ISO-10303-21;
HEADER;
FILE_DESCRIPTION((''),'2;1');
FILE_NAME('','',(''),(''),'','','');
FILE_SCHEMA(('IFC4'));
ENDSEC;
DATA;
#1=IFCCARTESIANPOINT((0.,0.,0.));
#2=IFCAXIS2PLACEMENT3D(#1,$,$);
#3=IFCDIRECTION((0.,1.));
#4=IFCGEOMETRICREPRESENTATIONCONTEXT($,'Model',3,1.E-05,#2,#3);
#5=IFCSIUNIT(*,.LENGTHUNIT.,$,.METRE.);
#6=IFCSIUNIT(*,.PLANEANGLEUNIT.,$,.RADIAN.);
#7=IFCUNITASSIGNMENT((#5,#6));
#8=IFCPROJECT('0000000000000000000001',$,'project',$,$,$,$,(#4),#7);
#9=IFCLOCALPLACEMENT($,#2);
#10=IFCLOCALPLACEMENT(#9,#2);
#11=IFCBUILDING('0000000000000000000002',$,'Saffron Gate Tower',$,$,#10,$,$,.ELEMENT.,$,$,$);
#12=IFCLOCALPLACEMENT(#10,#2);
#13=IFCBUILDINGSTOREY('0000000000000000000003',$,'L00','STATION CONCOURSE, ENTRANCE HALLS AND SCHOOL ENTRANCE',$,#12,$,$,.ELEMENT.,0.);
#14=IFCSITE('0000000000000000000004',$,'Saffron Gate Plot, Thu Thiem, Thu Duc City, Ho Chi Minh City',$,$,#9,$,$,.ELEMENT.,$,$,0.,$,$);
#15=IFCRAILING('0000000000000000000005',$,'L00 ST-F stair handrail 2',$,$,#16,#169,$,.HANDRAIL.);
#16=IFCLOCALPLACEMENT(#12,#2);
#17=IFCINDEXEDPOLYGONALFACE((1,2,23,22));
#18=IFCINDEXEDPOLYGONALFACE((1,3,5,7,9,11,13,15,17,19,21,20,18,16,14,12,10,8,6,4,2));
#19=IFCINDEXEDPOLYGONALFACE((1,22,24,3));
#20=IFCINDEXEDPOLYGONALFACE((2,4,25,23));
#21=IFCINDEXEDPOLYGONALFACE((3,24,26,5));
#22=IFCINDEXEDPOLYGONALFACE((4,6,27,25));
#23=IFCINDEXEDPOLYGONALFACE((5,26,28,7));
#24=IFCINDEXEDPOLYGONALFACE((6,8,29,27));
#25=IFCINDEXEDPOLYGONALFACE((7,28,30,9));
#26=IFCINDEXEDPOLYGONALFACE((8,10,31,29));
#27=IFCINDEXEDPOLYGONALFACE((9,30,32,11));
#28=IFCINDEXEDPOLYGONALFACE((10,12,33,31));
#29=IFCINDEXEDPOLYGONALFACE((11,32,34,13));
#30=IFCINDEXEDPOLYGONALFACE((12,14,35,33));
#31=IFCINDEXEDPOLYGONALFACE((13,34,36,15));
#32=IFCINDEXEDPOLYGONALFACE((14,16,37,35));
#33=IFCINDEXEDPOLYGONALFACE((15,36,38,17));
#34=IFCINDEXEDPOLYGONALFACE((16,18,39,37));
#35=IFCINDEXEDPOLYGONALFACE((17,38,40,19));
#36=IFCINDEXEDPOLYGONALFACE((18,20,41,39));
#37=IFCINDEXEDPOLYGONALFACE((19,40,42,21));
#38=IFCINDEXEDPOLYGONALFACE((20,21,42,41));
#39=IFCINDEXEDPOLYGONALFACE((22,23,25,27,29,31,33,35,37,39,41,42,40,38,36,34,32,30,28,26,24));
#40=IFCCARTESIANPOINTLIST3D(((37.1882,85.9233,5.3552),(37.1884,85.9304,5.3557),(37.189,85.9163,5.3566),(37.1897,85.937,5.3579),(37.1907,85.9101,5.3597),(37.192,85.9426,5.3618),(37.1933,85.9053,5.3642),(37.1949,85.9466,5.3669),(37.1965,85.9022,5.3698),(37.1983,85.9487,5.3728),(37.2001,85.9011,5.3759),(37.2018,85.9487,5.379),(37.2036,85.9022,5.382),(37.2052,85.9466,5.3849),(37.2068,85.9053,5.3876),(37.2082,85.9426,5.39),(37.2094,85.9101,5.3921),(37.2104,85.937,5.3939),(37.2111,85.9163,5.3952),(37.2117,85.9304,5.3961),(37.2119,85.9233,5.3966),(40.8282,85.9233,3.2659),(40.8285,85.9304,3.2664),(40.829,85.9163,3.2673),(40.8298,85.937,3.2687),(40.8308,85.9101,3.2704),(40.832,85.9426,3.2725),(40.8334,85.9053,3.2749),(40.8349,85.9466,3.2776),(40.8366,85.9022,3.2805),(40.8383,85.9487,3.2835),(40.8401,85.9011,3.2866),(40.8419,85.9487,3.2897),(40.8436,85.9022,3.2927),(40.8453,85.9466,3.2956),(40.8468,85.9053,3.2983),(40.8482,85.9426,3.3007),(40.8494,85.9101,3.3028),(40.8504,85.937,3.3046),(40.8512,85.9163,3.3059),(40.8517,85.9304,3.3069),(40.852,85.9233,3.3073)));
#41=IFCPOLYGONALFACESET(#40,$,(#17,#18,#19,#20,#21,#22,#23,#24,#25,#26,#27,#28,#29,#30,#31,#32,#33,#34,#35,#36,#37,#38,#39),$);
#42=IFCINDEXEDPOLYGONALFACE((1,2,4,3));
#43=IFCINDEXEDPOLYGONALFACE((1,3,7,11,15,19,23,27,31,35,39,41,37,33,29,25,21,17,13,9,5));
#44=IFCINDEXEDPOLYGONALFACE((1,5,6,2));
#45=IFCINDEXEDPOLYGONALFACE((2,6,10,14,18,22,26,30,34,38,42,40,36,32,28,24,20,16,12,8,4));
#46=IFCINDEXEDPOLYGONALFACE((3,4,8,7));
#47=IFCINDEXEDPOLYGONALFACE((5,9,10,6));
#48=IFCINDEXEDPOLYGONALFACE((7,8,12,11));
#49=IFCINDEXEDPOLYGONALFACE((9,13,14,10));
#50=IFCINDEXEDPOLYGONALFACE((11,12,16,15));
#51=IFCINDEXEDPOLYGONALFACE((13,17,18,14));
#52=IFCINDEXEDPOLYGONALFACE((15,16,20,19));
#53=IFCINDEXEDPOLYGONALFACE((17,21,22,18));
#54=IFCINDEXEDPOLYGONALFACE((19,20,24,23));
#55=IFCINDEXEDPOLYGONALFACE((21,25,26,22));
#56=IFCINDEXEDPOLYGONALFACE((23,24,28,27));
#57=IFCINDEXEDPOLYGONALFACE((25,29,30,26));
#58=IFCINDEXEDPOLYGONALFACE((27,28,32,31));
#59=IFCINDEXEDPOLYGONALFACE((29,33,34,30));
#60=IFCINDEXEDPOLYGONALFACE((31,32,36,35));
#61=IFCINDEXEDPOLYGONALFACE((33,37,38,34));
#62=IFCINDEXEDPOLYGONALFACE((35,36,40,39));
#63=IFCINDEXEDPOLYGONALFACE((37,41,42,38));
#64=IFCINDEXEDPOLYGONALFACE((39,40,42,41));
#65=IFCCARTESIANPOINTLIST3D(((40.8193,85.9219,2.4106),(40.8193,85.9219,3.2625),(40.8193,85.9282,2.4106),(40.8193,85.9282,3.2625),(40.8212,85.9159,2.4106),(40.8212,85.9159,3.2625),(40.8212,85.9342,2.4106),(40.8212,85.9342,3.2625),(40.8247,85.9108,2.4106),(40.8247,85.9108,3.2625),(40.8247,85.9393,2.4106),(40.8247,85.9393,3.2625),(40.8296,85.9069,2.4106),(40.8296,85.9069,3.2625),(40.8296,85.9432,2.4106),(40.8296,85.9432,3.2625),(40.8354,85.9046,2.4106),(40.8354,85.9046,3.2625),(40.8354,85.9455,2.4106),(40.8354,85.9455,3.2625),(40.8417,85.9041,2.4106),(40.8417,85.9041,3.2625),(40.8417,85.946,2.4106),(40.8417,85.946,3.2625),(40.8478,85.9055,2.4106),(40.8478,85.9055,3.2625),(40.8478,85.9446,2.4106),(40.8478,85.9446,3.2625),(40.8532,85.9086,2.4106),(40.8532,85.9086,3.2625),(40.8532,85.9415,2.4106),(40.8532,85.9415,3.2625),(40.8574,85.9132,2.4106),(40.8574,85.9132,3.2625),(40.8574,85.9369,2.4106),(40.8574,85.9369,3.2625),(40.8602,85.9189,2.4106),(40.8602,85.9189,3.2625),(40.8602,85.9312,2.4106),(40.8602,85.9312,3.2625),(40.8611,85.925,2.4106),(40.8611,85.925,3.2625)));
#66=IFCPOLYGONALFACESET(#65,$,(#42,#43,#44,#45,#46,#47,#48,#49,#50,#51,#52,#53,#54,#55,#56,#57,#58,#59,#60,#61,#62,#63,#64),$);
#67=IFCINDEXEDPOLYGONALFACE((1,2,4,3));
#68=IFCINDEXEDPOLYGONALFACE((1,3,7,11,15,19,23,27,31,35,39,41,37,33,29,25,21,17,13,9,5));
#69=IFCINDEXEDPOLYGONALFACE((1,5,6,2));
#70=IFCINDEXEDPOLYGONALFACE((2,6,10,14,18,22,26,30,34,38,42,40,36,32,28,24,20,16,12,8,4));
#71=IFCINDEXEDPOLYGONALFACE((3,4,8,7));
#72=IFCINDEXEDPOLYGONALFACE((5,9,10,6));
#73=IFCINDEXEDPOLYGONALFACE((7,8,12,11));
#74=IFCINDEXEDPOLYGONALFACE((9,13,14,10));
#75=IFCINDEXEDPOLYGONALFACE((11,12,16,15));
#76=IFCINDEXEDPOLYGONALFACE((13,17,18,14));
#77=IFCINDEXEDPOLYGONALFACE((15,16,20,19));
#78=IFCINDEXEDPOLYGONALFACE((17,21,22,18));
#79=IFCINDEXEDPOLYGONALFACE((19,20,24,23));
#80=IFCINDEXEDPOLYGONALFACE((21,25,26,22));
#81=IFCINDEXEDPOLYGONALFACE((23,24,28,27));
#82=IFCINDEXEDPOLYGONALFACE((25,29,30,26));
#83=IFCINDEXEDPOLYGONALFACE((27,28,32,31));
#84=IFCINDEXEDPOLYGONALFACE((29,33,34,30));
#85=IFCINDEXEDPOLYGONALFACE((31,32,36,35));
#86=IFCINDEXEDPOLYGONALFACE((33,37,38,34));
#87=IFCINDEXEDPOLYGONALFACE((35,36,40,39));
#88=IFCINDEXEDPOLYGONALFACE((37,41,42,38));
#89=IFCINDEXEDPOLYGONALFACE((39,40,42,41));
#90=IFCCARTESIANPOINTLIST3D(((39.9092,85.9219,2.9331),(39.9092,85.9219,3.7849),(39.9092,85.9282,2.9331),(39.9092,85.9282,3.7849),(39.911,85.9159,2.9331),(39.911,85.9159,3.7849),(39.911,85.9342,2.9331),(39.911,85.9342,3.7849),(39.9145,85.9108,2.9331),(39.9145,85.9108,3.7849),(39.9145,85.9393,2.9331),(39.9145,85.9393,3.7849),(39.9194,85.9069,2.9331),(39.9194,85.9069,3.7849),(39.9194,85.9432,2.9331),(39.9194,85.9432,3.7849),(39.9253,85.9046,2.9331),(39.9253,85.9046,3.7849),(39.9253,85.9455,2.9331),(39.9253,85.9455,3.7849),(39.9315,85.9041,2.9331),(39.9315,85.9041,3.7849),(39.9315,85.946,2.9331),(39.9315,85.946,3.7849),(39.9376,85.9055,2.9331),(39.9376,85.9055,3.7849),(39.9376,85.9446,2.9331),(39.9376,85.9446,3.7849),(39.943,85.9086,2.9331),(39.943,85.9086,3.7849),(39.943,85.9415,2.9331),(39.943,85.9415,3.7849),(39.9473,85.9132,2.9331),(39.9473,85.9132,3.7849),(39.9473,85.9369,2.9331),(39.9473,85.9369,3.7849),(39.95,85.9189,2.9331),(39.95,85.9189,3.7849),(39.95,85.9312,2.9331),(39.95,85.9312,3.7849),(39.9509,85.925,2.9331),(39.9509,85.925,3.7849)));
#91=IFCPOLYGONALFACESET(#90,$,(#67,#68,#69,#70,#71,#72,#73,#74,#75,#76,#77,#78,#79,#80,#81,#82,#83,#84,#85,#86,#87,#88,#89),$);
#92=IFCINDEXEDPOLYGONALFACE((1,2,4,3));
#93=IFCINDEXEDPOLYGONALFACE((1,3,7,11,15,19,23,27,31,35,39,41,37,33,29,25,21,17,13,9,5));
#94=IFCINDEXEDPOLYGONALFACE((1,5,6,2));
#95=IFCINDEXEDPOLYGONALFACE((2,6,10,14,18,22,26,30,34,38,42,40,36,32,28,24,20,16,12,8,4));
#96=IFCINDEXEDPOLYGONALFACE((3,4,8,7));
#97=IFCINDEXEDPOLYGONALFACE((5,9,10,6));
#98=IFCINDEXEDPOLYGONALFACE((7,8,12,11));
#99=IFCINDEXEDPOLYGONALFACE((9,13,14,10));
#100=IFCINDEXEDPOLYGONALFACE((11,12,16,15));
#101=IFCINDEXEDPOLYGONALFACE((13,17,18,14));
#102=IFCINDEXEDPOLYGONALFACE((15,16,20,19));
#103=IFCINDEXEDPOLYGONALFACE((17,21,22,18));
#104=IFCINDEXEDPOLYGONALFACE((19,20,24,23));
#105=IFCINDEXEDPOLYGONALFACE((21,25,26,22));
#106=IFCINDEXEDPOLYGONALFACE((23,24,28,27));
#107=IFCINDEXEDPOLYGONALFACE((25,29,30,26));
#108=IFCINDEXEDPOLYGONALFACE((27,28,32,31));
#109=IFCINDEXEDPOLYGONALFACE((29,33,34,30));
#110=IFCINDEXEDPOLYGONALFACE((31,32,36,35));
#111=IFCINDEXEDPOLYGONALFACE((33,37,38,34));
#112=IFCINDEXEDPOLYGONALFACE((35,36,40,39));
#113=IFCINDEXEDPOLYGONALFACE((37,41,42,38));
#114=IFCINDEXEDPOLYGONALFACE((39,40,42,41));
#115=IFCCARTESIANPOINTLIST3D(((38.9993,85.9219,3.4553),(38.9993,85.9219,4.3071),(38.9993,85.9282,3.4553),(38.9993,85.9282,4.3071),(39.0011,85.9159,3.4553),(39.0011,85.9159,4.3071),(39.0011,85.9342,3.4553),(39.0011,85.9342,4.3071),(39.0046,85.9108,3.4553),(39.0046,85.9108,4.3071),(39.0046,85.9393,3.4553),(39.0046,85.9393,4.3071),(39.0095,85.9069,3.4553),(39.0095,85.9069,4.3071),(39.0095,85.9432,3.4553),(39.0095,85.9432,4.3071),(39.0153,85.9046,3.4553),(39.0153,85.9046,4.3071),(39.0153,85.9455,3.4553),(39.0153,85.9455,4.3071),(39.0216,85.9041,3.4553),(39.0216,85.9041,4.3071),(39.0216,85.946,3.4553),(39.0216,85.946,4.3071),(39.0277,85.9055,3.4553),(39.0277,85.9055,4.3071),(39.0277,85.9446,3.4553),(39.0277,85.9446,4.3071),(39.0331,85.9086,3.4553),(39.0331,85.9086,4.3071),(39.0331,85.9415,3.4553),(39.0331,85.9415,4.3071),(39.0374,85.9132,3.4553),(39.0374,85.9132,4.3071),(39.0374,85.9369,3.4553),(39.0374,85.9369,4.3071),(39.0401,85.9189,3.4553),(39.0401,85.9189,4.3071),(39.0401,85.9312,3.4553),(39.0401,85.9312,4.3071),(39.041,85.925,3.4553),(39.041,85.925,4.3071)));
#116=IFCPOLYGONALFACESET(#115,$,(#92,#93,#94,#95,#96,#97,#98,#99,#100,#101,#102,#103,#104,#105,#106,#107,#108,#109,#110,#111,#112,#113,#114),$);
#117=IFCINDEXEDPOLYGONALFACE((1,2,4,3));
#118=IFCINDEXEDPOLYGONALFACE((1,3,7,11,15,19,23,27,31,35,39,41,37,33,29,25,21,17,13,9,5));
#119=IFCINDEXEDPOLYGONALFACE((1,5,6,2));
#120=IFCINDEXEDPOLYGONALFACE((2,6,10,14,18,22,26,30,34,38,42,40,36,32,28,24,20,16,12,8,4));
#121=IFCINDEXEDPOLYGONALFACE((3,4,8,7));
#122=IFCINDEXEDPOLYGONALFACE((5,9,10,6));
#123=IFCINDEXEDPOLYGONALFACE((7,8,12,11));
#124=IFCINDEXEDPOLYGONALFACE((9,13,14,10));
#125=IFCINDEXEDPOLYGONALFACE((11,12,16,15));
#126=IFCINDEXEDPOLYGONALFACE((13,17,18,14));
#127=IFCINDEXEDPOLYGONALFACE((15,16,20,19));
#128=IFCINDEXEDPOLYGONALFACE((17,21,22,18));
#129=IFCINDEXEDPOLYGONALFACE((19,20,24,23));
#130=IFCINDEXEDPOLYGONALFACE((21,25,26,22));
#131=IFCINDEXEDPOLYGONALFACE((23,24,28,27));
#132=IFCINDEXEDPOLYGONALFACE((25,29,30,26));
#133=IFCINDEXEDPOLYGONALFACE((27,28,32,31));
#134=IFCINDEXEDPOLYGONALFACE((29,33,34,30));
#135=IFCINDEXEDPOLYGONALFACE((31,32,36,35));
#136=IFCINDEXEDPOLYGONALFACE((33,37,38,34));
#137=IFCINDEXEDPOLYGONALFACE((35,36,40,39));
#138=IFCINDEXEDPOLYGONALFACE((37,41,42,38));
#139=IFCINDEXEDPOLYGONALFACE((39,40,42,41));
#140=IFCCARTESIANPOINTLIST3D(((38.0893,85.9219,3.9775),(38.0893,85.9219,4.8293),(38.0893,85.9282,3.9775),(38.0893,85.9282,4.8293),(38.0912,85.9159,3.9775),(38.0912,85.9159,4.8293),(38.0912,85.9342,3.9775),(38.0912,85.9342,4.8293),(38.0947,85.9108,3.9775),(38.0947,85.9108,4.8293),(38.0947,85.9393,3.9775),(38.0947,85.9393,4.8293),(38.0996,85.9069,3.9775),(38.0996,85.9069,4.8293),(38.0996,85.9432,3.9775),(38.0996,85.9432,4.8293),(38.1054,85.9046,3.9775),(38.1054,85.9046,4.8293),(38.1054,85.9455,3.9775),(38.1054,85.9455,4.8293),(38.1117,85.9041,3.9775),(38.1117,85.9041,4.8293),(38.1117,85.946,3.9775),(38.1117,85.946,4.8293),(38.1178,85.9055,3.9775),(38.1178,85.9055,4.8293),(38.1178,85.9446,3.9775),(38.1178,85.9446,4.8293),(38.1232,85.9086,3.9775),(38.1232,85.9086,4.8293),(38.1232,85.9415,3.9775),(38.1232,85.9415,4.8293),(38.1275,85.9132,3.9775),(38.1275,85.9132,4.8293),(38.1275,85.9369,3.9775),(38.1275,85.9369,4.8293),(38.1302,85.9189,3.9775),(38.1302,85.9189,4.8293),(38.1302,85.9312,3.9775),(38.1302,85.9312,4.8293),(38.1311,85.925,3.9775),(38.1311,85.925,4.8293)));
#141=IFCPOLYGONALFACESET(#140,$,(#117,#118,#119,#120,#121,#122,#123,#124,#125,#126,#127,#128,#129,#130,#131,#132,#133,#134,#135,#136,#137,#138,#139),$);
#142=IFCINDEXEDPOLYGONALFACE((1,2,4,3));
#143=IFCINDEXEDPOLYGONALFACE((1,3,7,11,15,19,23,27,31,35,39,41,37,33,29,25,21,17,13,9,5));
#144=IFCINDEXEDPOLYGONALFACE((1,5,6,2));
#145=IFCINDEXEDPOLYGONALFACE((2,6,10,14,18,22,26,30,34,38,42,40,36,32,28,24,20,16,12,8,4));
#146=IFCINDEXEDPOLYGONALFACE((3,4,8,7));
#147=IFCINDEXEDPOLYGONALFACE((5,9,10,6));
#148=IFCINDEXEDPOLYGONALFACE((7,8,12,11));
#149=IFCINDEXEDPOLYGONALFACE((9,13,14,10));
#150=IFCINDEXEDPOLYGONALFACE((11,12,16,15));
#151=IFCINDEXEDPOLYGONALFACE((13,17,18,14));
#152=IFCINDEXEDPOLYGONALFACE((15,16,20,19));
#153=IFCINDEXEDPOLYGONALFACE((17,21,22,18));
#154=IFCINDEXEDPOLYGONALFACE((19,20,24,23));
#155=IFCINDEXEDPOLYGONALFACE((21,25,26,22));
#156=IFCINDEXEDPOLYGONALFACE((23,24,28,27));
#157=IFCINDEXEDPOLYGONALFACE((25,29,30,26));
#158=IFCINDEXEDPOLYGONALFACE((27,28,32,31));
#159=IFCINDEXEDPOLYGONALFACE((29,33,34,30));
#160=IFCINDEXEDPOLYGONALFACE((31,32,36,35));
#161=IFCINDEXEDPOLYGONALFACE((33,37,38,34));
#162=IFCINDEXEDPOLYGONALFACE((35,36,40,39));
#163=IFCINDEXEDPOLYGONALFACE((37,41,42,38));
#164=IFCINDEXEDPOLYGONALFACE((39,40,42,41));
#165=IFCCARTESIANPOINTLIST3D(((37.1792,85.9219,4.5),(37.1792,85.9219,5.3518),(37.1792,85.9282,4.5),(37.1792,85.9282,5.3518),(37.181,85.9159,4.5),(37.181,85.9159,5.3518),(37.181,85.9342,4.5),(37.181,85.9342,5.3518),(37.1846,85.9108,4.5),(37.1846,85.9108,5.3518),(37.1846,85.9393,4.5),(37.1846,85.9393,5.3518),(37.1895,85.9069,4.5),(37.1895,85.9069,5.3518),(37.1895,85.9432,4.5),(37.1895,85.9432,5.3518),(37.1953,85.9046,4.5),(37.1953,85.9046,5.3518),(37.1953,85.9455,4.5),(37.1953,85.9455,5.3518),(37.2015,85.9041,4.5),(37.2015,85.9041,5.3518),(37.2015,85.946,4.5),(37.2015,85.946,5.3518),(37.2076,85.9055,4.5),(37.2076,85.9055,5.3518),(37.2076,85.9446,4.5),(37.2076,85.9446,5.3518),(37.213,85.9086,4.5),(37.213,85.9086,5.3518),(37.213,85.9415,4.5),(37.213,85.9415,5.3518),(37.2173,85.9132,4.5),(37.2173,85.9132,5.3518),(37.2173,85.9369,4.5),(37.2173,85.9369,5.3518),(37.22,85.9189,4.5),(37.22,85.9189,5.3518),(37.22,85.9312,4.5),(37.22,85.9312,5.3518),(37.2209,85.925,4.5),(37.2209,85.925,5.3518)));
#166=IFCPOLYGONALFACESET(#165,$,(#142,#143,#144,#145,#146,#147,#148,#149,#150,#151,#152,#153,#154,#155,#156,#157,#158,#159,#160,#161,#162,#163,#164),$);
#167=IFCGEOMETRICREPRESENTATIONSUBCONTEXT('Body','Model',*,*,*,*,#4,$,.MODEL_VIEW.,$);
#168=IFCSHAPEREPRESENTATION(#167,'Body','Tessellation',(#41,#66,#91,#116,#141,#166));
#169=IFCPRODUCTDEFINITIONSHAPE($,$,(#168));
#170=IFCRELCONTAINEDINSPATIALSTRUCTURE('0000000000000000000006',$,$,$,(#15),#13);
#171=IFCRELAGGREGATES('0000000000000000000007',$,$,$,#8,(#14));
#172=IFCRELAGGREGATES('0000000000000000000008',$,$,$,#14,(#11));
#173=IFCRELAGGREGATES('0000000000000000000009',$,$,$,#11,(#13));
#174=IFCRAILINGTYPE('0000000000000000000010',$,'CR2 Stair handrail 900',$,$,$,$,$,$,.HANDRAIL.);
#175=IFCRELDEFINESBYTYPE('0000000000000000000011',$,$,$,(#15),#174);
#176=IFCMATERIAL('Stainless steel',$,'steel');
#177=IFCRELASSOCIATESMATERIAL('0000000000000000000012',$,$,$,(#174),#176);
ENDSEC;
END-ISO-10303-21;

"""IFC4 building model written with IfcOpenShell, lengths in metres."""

from ifc_helpers import new_model, si_unit, direction, frame, origin, origin_2d, place, context, subcontext, project, spatial, circle, extrude, material, type_object, element, save


model = new_model("IFC4")

# Units and contexts
model_context = context("Model", 3, precision=1e-05, world=origin(), true_north=direction((0.0, 1.0)))
body_context = subcontext(model_context, "Body", "Model", "MODEL_VIEW")
ifc_project = project(units=[si_unit("LENGTHUNIT", "METRE"), si_unit("PLANEANGLEUNIT", "RADIAN")], contexts=[model_context])

# Site, building, storey
site_placement = place(None, origin())
site = spatial("IfcSite", under=ifc_project, at=site_placement, Name="Saffron Gate Plot, Thu Thiem, Thu Duc City, Ho Chi Minh City", CompositionType="ELEMENT", RefElevation=0.0)
building_placement = place(site_placement, origin())
building = spatial("IfcBuilding", under=site, at=building_placement, Name="Saffron Gate Tower", CompositionType="ELEMENT")
storey_placement = place(building_placement, origin())
storey = spatial("IfcBuildingStorey", under=building, at=storey_placement, Name="L00", Description="STATION CONCOURSE, ENTRANCE HALLS AND SCHOOL ENTRANCE", CompositionType="ELEMENT", Elevation=0.0)

# Railing
ifc_material_1 = material(Name="Stainless steel", Category="steel")
railing_type_1 = type_object("IfcRailingType", Name="CR2 Stair handrail 900", PredefinedType="HANDRAIL", material=ifc_material_1)
railing_1_placement = place(storey_placement, frame((40.8401, 85.925, 2.4106)))
element("IfcRailing", 1, at=railing_1_placement, inside=storey, type_object=railing_type_1, Name="L00 ST-F stair handrail 2", PredefinedType="HANDRAIL", context=body_context, shape_type="SweptSolid", body=[
    extrude(circle(Radius=0.0239, at=origin_2d()), frame((0.0, 0.0, 0.876), z_axis=(-0.867289, 0.0, 0.497804), x_axis=(0.0, -1.0, 0.0)), (0.0, 0.0, 1.0), 4.197),
    extrude(circle(Radius=0.021, at=origin_2d()), origin(), (0.0, 0.0, 1.0), 0.8518),
    extrude(circle(Radius=0.021, at=origin_2d()), frame((-0.9102, 0.0, 0.5225)), (0.0, 0.0, 1.0), 0.8518),
    extrude(circle(Radius=0.021, at=origin_2d()), frame((-1.8201, 0.0, 1.0447)), (0.0, 0.0, 1.0), 0.8518),
    extrude(circle(Radius=0.021, at=origin_2d()), frame((-2.73, 0.0, 1.5669)), (0.0, 0.0, 1.0), 0.8518),
    extrude(circle(Radius=0.021, at=origin_2d()), frame((-3.6401, 0.0, 2.0894)), (0.0, 0.0, 1.0), 0.8518),
])

save(model, "model.ifc")
